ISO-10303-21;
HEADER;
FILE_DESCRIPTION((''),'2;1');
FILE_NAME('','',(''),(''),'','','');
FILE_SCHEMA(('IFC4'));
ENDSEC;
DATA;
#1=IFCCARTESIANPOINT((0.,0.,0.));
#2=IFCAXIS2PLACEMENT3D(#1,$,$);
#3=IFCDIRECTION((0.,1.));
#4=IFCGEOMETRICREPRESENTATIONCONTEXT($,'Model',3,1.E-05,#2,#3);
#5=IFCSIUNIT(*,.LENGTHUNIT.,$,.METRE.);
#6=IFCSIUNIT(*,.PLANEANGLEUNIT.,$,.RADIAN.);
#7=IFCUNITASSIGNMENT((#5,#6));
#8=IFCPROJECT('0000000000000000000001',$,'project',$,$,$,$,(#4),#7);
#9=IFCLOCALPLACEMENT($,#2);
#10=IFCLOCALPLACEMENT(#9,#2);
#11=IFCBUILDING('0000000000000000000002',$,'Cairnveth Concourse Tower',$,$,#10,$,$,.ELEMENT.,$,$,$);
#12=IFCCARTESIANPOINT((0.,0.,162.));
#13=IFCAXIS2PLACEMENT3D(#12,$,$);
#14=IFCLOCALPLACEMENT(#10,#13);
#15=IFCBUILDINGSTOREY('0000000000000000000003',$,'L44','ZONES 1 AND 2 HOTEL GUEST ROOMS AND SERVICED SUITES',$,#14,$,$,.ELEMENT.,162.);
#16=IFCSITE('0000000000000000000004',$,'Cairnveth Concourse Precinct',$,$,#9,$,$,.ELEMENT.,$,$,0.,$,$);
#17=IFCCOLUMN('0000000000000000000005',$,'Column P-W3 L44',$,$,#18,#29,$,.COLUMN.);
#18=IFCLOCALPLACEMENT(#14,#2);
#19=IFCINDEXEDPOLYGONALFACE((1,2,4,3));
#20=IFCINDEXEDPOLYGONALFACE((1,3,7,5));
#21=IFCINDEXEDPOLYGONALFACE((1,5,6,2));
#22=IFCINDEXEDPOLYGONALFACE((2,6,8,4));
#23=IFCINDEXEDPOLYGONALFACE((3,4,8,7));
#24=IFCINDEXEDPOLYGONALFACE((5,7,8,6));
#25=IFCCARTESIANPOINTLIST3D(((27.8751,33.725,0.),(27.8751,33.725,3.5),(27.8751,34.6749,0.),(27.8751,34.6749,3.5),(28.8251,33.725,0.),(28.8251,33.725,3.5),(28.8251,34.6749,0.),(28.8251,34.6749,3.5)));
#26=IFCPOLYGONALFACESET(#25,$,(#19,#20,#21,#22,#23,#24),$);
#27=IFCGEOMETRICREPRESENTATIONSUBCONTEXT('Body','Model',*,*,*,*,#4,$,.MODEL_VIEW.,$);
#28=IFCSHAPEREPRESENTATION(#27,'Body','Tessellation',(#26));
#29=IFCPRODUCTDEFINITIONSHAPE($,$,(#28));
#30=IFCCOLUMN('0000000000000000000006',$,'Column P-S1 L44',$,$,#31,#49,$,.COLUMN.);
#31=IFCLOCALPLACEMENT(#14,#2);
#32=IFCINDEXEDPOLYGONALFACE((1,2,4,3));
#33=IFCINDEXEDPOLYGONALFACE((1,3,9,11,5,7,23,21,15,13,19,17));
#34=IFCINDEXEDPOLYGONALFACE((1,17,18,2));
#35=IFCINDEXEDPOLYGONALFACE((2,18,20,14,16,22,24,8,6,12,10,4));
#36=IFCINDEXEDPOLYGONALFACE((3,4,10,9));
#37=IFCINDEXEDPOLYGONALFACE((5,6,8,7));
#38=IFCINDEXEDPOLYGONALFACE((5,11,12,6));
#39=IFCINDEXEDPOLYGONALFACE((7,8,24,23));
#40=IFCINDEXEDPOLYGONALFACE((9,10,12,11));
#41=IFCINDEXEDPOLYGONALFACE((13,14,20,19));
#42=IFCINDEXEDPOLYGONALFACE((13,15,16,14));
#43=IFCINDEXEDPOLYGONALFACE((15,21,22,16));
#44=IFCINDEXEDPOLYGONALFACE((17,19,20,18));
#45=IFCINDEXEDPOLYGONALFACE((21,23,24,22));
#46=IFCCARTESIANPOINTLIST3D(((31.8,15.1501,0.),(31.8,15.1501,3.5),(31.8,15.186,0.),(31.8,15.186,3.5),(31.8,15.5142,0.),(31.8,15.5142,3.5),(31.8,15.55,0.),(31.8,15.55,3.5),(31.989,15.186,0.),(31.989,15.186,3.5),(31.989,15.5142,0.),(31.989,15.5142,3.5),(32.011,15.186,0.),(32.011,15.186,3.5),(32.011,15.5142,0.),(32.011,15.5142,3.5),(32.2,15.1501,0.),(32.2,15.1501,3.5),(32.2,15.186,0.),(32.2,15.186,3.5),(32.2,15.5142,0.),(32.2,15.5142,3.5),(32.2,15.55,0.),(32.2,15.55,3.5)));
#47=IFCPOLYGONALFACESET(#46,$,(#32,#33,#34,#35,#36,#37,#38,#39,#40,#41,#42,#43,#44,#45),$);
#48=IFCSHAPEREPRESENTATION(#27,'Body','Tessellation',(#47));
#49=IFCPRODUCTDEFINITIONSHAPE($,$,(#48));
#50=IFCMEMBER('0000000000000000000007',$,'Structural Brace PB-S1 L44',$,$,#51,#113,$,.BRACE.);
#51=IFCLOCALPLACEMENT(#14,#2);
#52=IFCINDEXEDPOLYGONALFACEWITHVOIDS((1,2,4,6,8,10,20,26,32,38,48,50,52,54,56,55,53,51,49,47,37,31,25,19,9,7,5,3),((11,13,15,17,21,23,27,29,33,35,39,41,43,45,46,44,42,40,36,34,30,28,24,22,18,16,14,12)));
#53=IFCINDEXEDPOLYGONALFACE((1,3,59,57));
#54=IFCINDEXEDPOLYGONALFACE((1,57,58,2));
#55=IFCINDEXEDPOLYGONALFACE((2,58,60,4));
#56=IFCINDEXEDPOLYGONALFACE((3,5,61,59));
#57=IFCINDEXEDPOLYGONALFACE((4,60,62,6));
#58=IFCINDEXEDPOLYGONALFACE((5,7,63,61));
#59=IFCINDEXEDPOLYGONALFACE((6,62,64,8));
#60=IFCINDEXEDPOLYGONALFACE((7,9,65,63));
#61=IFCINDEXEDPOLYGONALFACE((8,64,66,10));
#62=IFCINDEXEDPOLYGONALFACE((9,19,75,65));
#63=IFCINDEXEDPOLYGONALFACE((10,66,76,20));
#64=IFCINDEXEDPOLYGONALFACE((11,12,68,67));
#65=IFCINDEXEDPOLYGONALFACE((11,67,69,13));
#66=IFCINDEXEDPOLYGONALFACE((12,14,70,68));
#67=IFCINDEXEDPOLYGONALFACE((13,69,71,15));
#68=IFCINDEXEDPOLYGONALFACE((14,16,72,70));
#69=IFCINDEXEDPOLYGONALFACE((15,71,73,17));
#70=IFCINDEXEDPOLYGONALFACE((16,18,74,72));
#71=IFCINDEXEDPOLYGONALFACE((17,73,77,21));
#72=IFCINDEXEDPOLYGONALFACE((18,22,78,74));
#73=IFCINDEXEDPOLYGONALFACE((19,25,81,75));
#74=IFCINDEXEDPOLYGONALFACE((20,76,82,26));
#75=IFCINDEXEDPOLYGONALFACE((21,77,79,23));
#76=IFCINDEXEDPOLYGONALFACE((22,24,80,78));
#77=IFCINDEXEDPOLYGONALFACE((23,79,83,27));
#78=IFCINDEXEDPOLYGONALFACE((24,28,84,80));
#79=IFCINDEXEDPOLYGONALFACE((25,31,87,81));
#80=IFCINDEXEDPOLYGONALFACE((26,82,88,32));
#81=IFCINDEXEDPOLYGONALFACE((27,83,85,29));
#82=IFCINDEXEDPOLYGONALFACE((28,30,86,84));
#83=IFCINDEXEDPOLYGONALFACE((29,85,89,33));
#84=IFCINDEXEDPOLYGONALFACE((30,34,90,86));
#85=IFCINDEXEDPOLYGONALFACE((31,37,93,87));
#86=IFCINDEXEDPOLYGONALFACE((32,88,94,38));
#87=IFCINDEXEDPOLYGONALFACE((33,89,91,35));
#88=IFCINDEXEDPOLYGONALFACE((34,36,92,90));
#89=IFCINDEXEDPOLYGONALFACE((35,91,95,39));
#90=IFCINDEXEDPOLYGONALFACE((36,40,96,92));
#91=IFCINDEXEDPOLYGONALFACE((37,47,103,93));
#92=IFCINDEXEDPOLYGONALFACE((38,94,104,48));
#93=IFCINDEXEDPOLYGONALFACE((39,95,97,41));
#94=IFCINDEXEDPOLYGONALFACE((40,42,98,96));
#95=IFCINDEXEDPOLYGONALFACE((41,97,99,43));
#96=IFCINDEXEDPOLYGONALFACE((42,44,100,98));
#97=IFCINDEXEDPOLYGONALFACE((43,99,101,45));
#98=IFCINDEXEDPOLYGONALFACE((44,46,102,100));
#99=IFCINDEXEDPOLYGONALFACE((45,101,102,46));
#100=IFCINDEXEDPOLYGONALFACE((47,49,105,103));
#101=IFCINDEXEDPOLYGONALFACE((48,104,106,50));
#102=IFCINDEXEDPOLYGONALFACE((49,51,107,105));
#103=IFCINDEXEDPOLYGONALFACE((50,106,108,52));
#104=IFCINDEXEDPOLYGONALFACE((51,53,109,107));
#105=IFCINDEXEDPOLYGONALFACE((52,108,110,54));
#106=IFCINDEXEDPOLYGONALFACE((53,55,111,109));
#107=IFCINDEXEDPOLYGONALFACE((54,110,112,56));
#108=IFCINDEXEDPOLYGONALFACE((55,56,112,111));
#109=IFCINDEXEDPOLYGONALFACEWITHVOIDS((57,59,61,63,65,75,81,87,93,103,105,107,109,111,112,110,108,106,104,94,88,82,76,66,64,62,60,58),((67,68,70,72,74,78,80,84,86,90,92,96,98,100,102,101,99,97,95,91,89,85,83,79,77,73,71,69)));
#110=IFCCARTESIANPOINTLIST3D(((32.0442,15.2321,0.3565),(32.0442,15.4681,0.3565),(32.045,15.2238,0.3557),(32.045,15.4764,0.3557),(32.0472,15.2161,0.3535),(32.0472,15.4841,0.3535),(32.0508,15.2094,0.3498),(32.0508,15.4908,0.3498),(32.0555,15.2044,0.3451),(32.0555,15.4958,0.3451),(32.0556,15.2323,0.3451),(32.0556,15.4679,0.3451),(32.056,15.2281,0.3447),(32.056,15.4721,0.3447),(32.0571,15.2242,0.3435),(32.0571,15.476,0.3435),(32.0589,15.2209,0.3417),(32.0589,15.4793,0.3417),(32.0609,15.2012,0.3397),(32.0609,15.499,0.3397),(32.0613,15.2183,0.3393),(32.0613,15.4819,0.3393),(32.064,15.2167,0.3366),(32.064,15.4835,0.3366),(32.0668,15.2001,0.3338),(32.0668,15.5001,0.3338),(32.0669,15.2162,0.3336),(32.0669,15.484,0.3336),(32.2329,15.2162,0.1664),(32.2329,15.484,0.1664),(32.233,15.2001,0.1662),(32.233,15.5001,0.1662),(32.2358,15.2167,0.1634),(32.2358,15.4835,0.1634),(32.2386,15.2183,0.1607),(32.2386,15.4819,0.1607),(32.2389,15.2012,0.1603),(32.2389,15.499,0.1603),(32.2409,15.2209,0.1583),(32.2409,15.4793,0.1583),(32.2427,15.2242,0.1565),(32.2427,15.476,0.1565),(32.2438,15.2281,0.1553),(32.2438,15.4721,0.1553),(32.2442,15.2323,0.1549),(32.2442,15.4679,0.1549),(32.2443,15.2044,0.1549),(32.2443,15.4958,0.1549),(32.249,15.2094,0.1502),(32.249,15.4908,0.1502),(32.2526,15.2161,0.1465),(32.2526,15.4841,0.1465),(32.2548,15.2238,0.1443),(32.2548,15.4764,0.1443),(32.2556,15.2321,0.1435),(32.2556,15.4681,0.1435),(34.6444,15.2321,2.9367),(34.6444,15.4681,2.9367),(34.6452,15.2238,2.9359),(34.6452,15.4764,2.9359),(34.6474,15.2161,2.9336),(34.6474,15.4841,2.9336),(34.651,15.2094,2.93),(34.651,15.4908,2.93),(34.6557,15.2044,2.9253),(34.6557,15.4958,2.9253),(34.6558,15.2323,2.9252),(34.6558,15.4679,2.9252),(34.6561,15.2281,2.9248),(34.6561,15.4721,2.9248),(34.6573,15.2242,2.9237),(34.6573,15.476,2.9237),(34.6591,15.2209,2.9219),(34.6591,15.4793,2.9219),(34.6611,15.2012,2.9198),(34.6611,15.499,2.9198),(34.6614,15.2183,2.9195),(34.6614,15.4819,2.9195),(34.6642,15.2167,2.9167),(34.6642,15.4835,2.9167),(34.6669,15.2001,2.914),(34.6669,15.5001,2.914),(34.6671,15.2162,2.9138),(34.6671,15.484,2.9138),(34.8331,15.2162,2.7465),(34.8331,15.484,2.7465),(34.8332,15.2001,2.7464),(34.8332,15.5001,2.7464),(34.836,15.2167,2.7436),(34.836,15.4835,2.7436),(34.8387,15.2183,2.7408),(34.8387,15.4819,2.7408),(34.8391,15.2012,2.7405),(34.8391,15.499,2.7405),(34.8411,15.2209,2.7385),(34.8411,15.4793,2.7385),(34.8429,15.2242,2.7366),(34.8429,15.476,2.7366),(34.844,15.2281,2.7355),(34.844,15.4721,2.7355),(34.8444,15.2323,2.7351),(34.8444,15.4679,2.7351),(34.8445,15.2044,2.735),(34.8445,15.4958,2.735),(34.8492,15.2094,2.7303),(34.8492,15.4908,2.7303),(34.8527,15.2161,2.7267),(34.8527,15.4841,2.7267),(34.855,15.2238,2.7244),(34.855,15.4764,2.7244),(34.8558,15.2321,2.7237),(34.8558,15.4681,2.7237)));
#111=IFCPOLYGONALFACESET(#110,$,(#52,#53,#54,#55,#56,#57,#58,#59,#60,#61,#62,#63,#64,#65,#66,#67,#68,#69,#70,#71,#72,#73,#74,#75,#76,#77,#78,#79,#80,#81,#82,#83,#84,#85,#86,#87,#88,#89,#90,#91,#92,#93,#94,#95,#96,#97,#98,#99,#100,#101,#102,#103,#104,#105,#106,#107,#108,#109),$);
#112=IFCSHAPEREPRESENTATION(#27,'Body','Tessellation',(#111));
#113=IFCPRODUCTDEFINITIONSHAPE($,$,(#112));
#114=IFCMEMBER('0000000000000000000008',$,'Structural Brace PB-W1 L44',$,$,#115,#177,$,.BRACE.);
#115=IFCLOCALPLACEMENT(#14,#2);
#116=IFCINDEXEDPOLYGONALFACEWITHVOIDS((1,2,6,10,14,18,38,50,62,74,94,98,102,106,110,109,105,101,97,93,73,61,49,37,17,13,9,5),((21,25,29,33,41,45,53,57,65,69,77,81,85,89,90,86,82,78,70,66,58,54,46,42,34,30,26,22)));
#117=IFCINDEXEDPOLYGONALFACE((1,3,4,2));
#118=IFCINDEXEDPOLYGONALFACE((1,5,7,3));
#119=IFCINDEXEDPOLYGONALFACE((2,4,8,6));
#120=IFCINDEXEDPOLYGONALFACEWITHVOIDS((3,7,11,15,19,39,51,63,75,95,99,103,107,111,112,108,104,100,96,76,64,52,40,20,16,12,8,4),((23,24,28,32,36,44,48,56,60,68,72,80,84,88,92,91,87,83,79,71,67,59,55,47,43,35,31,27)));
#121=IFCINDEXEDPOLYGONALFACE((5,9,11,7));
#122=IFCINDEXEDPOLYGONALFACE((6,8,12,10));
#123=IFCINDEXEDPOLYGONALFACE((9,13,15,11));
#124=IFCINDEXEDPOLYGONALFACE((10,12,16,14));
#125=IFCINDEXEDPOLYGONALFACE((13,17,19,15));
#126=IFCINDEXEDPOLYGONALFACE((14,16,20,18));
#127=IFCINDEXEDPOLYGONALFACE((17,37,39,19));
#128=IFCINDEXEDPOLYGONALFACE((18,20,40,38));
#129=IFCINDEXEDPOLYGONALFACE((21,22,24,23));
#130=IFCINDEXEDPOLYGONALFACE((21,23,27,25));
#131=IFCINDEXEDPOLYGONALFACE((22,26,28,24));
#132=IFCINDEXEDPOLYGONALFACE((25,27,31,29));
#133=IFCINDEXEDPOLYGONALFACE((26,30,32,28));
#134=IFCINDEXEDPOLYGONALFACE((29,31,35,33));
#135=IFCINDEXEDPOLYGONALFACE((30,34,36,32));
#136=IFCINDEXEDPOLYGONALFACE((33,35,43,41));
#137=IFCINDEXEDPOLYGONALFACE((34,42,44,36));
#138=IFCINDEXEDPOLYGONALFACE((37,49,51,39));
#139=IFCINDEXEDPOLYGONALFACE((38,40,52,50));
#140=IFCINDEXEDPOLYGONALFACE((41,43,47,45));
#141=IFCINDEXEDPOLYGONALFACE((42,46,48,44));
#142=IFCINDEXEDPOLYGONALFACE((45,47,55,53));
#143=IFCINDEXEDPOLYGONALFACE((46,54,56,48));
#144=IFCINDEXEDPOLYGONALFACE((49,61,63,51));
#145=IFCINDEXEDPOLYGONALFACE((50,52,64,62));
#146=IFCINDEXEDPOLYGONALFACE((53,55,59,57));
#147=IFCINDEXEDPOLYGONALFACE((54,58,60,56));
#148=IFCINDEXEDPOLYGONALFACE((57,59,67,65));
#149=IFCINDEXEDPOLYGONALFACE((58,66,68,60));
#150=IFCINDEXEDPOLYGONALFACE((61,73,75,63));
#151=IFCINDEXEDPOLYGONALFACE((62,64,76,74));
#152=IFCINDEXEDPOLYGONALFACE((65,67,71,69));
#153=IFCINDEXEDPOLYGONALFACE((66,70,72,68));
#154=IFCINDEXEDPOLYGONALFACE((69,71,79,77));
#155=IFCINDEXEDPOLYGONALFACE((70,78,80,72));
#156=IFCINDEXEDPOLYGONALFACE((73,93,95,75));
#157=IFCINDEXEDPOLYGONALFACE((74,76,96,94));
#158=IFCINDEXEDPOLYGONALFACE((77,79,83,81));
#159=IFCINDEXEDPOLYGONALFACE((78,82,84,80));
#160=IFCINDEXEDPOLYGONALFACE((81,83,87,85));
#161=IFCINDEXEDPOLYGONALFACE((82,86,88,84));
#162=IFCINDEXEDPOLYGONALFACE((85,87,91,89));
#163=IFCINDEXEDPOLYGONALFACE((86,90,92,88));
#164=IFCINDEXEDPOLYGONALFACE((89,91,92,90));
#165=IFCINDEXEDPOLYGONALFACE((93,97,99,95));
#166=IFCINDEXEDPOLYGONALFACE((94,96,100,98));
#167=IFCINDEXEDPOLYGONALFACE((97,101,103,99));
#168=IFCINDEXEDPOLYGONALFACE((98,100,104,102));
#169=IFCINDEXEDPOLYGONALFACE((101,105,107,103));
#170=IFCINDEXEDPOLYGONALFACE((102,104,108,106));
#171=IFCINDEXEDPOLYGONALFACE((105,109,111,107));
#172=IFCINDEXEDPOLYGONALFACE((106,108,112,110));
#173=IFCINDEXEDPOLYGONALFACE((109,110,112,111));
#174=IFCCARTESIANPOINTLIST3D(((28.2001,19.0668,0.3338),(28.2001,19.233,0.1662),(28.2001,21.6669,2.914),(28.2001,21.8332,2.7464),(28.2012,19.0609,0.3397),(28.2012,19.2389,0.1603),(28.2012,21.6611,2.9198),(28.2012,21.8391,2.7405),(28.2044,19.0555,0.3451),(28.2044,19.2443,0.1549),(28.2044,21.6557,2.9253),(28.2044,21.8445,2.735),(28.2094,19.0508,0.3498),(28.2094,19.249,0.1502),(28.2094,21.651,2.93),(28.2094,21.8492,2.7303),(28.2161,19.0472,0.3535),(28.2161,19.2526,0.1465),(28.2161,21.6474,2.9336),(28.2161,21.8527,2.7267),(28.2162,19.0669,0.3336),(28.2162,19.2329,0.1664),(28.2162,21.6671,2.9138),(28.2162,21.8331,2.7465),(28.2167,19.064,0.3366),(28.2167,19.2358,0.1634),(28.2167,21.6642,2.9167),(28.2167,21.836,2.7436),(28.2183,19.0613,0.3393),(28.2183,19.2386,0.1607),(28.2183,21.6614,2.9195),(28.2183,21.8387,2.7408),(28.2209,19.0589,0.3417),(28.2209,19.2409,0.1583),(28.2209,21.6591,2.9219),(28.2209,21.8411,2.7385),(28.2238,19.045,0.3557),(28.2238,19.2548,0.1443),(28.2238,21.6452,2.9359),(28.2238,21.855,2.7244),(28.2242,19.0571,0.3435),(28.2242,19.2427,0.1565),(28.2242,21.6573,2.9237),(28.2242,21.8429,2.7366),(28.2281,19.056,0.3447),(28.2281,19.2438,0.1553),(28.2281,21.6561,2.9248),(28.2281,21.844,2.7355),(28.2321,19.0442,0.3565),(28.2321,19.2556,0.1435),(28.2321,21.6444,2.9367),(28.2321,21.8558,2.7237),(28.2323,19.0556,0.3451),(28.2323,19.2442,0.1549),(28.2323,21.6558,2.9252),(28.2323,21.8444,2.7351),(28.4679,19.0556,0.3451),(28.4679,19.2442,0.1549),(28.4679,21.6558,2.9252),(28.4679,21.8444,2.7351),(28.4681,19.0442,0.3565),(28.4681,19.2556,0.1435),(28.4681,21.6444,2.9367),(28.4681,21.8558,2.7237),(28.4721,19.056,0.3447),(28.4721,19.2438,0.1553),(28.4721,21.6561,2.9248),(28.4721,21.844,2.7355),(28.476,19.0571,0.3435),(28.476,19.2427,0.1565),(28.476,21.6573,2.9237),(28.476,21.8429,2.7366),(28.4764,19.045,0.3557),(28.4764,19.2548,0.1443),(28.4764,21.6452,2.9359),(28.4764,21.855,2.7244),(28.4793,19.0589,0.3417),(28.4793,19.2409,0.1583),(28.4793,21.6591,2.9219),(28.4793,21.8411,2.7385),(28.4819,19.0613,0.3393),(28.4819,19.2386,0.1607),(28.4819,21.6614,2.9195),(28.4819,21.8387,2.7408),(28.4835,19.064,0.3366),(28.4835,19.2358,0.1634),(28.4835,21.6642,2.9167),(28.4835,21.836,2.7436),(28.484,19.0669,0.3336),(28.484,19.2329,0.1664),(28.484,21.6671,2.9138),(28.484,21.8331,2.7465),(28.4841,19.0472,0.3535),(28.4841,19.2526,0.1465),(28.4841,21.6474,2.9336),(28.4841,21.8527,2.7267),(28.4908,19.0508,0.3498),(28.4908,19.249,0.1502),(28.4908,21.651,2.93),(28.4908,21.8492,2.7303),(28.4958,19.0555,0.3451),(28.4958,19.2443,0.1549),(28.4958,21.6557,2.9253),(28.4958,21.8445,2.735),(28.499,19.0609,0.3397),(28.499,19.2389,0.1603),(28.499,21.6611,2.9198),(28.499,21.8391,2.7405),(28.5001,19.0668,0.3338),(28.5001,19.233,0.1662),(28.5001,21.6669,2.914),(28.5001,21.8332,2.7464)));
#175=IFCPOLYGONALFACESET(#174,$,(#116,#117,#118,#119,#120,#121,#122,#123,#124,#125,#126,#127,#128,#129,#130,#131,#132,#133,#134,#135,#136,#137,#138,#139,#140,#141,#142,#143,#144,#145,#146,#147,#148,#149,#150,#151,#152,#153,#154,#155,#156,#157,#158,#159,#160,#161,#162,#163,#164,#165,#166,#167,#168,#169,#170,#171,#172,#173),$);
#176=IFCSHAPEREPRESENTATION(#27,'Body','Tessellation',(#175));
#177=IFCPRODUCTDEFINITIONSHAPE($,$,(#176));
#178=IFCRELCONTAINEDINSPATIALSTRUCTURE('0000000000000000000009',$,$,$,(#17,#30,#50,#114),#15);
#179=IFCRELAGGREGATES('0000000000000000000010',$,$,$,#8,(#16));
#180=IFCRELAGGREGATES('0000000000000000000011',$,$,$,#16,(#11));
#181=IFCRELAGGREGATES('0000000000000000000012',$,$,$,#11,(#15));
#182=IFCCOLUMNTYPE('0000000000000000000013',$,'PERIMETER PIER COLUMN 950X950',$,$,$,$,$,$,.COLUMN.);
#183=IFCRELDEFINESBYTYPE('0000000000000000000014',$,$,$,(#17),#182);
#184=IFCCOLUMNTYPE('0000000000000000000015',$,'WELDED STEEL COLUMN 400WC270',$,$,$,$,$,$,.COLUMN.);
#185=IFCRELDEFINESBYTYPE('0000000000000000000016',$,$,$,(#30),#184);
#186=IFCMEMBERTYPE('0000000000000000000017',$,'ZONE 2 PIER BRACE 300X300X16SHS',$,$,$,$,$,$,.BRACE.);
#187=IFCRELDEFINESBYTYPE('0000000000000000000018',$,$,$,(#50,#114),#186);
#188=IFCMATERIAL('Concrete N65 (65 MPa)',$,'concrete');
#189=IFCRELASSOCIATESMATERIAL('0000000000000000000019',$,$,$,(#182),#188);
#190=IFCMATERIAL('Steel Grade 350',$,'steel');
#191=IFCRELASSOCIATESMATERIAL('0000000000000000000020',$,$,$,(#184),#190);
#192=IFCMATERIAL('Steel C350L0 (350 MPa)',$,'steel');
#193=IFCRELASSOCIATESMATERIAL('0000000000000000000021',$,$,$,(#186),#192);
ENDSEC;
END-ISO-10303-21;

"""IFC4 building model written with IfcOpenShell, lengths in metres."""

from ifc_helpers import new_model, si_unit, direction, frame, origin, origin_2d, place, context, subcontext, project, spatial, rectangle, hollow_rectangle, i_section, extrude, material, material_profile, profile_set, type_object, element, save


model = new_model("IFC4")

# Units and contexts
model_context = context("Model", 3, precision=1e-05, world=origin(), true_north=direction((0.0, 1.0)))
body_context = subcontext(model_context, "Body", "Model", "MODEL_VIEW")
ifc_project = project(units=[si_unit("LENGTHUNIT", "METRE"), si_unit("PLANEANGLEUNIT", "RADIAN")], contexts=[model_context])

# Site, building, storey
site_placement = place(None, origin())
site = spatial("IfcSite", under=ifc_project, at=site_placement, Name="Cairnveth Concourse Precinct", CompositionType="ELEMENT", RefElevation=0.0)
building_placement = place(site_placement, origin())
building = spatial("IfcBuilding", under=site, at=building_placement, Name="Cairnveth Concourse Tower", CompositionType="ELEMENT")
storey_placement = place(building_placement, frame((0.0, 0.0, 162.0)))
storey = spatial("IfcBuildingStorey", under=building, at=storey_placement, Name="L44", Description="ZONES 1 AND 2 HOTEL GUEST ROOMS AND SERVICED SUITES", CompositionType="ELEMENT", Elevation=162.0)

# Columns
ifc_material_1 = material(Name="Concrete N65 (65 MPa)", Category="concrete")
ifc_material_profile_1 = material_profile(ifc_material_1, rectangle(XDim=0.95, YDim=0.95, at=origin_2d()), Name="RC-COL-950x950")
ifc_profile_set_1 = profile_set([ifc_material_profile_1], Name="Concrete N65 (65 MPa)")
column_type_1 = type_object("IfcColumnType", Name="PERIMETER PIER COLUMN 950X950", PredefinedType="COLUMN", material=ifc_profile_set_1)
column_1_placement = place(storey_placement, frame((28.3501, 34.2, 0.0), z_axis=(0.0, 0.0, 1.0), x_axis=(0.0, 1.0, 0.0)))
element("IfcColumn", 1, at=column_1_placement, inside=storey, type_object=column_type_1, Name="Column P-W3 L44", PredefinedType="COLUMN", context=body_context, shape_type="SweptSolid", body=[
    extrude(rectangle(XDim=0.95, YDim=0.95, at=origin_2d()), origin(), (0.0, 0.0, 1.0), 3.5),
])
ifc_material_2 = material(Name="Steel Grade 350", Category="steel")
ifc_material_profile_2 = material_profile(ifc_material_2, i_section(OverallWidth=0.3999, OverallDepth=0.3999, WebThickness=0.022, FlangeThickness=0.0359, at=origin_2d()), Name="400WC270")
ifc_profile_set_2 = profile_set([ifc_material_profile_2], Name="Steel Grade 350")
column_type_2 = type_object("IfcColumnType", Name="WELDED STEEL COLUMN 400WC270", PredefinedType="COLUMN", material=ifc_profile_set_2)
column_2_placement = place(storey_placement, frame((32.0, 15.3501, 0.0), z_axis=(0.0, 0.0, 1.0), x_axis=(1.0, 0.0, 0.0)))
element("IfcColumn", 2, at=column_2_placement, inside=storey, type_object=column_type_2, Name="Column P-S1 L44", PredefinedType="COLUMN", context=body_context, shape_type="SweptSolid", body=[
    extrude(i_section(OverallWidth=0.3999, OverallDepth=0.3999, WebThickness=0.022, FlangeThickness=0.0359, at=origin_2d()), origin(), (0.0, 0.0, 1.0), 3.5),
])

# Members
ifc_material_3 = material(Name="Steel C350L0 (350 MPa)", Category="steel")
ifc_material_profile_3 = material_profile(ifc_material_3, hollow_rectangle(XDim=0.3, YDim=0.3, WallThickness=0.0161, InnerFilletRadius=0.0161, OuterFilletRadius=0.032, at=origin_2d()), Name="300x300x16.0SHS")
ifc_profile_set_3 = profile_set([ifc_material_profile_3], Name="Steel C350L0 (350 MPa)")
member_type = type_object("IfcMemberType", Name="ZONE 2 PIER BRACE 300X300X16SHS", PredefinedType="BRACE", material=ifc_profile_set_3)
for number, where, z_axis, x_axis, name in (
    (3, (32.1499, 15.3501, 0.25), (0.709834, 0.0, 0.704369), (0.0, 1.0, 0.0), "Structural Brace PB-S1 L44"),
    (4, (28.3501, 19.1499, 0.25), (0.0, 0.709834, 0.704369), (-1.0, 0.0, 0.0), "Structural Brace PB-W1 L44"),
):
    element("IfcMember", number, at=place(storey_placement, frame(where, z_axis=z_axis, x_axis=x_axis)), inside=storey, type_object=member_type, Name=name, PredefinedType="BRACE", context=body_context, shape_type="SweptSolid", body=[
        extrude(hollow_rectangle(XDim=0.3, YDim=0.3, WallThickness=0.0161, InnerFilletRadius=0.0161, OuterFilletRadius=0.032, at=origin_2d()), origin(), (0.0, 0.0, 1.0), 3.6631),
    ])

save(model, "model.ifc")
